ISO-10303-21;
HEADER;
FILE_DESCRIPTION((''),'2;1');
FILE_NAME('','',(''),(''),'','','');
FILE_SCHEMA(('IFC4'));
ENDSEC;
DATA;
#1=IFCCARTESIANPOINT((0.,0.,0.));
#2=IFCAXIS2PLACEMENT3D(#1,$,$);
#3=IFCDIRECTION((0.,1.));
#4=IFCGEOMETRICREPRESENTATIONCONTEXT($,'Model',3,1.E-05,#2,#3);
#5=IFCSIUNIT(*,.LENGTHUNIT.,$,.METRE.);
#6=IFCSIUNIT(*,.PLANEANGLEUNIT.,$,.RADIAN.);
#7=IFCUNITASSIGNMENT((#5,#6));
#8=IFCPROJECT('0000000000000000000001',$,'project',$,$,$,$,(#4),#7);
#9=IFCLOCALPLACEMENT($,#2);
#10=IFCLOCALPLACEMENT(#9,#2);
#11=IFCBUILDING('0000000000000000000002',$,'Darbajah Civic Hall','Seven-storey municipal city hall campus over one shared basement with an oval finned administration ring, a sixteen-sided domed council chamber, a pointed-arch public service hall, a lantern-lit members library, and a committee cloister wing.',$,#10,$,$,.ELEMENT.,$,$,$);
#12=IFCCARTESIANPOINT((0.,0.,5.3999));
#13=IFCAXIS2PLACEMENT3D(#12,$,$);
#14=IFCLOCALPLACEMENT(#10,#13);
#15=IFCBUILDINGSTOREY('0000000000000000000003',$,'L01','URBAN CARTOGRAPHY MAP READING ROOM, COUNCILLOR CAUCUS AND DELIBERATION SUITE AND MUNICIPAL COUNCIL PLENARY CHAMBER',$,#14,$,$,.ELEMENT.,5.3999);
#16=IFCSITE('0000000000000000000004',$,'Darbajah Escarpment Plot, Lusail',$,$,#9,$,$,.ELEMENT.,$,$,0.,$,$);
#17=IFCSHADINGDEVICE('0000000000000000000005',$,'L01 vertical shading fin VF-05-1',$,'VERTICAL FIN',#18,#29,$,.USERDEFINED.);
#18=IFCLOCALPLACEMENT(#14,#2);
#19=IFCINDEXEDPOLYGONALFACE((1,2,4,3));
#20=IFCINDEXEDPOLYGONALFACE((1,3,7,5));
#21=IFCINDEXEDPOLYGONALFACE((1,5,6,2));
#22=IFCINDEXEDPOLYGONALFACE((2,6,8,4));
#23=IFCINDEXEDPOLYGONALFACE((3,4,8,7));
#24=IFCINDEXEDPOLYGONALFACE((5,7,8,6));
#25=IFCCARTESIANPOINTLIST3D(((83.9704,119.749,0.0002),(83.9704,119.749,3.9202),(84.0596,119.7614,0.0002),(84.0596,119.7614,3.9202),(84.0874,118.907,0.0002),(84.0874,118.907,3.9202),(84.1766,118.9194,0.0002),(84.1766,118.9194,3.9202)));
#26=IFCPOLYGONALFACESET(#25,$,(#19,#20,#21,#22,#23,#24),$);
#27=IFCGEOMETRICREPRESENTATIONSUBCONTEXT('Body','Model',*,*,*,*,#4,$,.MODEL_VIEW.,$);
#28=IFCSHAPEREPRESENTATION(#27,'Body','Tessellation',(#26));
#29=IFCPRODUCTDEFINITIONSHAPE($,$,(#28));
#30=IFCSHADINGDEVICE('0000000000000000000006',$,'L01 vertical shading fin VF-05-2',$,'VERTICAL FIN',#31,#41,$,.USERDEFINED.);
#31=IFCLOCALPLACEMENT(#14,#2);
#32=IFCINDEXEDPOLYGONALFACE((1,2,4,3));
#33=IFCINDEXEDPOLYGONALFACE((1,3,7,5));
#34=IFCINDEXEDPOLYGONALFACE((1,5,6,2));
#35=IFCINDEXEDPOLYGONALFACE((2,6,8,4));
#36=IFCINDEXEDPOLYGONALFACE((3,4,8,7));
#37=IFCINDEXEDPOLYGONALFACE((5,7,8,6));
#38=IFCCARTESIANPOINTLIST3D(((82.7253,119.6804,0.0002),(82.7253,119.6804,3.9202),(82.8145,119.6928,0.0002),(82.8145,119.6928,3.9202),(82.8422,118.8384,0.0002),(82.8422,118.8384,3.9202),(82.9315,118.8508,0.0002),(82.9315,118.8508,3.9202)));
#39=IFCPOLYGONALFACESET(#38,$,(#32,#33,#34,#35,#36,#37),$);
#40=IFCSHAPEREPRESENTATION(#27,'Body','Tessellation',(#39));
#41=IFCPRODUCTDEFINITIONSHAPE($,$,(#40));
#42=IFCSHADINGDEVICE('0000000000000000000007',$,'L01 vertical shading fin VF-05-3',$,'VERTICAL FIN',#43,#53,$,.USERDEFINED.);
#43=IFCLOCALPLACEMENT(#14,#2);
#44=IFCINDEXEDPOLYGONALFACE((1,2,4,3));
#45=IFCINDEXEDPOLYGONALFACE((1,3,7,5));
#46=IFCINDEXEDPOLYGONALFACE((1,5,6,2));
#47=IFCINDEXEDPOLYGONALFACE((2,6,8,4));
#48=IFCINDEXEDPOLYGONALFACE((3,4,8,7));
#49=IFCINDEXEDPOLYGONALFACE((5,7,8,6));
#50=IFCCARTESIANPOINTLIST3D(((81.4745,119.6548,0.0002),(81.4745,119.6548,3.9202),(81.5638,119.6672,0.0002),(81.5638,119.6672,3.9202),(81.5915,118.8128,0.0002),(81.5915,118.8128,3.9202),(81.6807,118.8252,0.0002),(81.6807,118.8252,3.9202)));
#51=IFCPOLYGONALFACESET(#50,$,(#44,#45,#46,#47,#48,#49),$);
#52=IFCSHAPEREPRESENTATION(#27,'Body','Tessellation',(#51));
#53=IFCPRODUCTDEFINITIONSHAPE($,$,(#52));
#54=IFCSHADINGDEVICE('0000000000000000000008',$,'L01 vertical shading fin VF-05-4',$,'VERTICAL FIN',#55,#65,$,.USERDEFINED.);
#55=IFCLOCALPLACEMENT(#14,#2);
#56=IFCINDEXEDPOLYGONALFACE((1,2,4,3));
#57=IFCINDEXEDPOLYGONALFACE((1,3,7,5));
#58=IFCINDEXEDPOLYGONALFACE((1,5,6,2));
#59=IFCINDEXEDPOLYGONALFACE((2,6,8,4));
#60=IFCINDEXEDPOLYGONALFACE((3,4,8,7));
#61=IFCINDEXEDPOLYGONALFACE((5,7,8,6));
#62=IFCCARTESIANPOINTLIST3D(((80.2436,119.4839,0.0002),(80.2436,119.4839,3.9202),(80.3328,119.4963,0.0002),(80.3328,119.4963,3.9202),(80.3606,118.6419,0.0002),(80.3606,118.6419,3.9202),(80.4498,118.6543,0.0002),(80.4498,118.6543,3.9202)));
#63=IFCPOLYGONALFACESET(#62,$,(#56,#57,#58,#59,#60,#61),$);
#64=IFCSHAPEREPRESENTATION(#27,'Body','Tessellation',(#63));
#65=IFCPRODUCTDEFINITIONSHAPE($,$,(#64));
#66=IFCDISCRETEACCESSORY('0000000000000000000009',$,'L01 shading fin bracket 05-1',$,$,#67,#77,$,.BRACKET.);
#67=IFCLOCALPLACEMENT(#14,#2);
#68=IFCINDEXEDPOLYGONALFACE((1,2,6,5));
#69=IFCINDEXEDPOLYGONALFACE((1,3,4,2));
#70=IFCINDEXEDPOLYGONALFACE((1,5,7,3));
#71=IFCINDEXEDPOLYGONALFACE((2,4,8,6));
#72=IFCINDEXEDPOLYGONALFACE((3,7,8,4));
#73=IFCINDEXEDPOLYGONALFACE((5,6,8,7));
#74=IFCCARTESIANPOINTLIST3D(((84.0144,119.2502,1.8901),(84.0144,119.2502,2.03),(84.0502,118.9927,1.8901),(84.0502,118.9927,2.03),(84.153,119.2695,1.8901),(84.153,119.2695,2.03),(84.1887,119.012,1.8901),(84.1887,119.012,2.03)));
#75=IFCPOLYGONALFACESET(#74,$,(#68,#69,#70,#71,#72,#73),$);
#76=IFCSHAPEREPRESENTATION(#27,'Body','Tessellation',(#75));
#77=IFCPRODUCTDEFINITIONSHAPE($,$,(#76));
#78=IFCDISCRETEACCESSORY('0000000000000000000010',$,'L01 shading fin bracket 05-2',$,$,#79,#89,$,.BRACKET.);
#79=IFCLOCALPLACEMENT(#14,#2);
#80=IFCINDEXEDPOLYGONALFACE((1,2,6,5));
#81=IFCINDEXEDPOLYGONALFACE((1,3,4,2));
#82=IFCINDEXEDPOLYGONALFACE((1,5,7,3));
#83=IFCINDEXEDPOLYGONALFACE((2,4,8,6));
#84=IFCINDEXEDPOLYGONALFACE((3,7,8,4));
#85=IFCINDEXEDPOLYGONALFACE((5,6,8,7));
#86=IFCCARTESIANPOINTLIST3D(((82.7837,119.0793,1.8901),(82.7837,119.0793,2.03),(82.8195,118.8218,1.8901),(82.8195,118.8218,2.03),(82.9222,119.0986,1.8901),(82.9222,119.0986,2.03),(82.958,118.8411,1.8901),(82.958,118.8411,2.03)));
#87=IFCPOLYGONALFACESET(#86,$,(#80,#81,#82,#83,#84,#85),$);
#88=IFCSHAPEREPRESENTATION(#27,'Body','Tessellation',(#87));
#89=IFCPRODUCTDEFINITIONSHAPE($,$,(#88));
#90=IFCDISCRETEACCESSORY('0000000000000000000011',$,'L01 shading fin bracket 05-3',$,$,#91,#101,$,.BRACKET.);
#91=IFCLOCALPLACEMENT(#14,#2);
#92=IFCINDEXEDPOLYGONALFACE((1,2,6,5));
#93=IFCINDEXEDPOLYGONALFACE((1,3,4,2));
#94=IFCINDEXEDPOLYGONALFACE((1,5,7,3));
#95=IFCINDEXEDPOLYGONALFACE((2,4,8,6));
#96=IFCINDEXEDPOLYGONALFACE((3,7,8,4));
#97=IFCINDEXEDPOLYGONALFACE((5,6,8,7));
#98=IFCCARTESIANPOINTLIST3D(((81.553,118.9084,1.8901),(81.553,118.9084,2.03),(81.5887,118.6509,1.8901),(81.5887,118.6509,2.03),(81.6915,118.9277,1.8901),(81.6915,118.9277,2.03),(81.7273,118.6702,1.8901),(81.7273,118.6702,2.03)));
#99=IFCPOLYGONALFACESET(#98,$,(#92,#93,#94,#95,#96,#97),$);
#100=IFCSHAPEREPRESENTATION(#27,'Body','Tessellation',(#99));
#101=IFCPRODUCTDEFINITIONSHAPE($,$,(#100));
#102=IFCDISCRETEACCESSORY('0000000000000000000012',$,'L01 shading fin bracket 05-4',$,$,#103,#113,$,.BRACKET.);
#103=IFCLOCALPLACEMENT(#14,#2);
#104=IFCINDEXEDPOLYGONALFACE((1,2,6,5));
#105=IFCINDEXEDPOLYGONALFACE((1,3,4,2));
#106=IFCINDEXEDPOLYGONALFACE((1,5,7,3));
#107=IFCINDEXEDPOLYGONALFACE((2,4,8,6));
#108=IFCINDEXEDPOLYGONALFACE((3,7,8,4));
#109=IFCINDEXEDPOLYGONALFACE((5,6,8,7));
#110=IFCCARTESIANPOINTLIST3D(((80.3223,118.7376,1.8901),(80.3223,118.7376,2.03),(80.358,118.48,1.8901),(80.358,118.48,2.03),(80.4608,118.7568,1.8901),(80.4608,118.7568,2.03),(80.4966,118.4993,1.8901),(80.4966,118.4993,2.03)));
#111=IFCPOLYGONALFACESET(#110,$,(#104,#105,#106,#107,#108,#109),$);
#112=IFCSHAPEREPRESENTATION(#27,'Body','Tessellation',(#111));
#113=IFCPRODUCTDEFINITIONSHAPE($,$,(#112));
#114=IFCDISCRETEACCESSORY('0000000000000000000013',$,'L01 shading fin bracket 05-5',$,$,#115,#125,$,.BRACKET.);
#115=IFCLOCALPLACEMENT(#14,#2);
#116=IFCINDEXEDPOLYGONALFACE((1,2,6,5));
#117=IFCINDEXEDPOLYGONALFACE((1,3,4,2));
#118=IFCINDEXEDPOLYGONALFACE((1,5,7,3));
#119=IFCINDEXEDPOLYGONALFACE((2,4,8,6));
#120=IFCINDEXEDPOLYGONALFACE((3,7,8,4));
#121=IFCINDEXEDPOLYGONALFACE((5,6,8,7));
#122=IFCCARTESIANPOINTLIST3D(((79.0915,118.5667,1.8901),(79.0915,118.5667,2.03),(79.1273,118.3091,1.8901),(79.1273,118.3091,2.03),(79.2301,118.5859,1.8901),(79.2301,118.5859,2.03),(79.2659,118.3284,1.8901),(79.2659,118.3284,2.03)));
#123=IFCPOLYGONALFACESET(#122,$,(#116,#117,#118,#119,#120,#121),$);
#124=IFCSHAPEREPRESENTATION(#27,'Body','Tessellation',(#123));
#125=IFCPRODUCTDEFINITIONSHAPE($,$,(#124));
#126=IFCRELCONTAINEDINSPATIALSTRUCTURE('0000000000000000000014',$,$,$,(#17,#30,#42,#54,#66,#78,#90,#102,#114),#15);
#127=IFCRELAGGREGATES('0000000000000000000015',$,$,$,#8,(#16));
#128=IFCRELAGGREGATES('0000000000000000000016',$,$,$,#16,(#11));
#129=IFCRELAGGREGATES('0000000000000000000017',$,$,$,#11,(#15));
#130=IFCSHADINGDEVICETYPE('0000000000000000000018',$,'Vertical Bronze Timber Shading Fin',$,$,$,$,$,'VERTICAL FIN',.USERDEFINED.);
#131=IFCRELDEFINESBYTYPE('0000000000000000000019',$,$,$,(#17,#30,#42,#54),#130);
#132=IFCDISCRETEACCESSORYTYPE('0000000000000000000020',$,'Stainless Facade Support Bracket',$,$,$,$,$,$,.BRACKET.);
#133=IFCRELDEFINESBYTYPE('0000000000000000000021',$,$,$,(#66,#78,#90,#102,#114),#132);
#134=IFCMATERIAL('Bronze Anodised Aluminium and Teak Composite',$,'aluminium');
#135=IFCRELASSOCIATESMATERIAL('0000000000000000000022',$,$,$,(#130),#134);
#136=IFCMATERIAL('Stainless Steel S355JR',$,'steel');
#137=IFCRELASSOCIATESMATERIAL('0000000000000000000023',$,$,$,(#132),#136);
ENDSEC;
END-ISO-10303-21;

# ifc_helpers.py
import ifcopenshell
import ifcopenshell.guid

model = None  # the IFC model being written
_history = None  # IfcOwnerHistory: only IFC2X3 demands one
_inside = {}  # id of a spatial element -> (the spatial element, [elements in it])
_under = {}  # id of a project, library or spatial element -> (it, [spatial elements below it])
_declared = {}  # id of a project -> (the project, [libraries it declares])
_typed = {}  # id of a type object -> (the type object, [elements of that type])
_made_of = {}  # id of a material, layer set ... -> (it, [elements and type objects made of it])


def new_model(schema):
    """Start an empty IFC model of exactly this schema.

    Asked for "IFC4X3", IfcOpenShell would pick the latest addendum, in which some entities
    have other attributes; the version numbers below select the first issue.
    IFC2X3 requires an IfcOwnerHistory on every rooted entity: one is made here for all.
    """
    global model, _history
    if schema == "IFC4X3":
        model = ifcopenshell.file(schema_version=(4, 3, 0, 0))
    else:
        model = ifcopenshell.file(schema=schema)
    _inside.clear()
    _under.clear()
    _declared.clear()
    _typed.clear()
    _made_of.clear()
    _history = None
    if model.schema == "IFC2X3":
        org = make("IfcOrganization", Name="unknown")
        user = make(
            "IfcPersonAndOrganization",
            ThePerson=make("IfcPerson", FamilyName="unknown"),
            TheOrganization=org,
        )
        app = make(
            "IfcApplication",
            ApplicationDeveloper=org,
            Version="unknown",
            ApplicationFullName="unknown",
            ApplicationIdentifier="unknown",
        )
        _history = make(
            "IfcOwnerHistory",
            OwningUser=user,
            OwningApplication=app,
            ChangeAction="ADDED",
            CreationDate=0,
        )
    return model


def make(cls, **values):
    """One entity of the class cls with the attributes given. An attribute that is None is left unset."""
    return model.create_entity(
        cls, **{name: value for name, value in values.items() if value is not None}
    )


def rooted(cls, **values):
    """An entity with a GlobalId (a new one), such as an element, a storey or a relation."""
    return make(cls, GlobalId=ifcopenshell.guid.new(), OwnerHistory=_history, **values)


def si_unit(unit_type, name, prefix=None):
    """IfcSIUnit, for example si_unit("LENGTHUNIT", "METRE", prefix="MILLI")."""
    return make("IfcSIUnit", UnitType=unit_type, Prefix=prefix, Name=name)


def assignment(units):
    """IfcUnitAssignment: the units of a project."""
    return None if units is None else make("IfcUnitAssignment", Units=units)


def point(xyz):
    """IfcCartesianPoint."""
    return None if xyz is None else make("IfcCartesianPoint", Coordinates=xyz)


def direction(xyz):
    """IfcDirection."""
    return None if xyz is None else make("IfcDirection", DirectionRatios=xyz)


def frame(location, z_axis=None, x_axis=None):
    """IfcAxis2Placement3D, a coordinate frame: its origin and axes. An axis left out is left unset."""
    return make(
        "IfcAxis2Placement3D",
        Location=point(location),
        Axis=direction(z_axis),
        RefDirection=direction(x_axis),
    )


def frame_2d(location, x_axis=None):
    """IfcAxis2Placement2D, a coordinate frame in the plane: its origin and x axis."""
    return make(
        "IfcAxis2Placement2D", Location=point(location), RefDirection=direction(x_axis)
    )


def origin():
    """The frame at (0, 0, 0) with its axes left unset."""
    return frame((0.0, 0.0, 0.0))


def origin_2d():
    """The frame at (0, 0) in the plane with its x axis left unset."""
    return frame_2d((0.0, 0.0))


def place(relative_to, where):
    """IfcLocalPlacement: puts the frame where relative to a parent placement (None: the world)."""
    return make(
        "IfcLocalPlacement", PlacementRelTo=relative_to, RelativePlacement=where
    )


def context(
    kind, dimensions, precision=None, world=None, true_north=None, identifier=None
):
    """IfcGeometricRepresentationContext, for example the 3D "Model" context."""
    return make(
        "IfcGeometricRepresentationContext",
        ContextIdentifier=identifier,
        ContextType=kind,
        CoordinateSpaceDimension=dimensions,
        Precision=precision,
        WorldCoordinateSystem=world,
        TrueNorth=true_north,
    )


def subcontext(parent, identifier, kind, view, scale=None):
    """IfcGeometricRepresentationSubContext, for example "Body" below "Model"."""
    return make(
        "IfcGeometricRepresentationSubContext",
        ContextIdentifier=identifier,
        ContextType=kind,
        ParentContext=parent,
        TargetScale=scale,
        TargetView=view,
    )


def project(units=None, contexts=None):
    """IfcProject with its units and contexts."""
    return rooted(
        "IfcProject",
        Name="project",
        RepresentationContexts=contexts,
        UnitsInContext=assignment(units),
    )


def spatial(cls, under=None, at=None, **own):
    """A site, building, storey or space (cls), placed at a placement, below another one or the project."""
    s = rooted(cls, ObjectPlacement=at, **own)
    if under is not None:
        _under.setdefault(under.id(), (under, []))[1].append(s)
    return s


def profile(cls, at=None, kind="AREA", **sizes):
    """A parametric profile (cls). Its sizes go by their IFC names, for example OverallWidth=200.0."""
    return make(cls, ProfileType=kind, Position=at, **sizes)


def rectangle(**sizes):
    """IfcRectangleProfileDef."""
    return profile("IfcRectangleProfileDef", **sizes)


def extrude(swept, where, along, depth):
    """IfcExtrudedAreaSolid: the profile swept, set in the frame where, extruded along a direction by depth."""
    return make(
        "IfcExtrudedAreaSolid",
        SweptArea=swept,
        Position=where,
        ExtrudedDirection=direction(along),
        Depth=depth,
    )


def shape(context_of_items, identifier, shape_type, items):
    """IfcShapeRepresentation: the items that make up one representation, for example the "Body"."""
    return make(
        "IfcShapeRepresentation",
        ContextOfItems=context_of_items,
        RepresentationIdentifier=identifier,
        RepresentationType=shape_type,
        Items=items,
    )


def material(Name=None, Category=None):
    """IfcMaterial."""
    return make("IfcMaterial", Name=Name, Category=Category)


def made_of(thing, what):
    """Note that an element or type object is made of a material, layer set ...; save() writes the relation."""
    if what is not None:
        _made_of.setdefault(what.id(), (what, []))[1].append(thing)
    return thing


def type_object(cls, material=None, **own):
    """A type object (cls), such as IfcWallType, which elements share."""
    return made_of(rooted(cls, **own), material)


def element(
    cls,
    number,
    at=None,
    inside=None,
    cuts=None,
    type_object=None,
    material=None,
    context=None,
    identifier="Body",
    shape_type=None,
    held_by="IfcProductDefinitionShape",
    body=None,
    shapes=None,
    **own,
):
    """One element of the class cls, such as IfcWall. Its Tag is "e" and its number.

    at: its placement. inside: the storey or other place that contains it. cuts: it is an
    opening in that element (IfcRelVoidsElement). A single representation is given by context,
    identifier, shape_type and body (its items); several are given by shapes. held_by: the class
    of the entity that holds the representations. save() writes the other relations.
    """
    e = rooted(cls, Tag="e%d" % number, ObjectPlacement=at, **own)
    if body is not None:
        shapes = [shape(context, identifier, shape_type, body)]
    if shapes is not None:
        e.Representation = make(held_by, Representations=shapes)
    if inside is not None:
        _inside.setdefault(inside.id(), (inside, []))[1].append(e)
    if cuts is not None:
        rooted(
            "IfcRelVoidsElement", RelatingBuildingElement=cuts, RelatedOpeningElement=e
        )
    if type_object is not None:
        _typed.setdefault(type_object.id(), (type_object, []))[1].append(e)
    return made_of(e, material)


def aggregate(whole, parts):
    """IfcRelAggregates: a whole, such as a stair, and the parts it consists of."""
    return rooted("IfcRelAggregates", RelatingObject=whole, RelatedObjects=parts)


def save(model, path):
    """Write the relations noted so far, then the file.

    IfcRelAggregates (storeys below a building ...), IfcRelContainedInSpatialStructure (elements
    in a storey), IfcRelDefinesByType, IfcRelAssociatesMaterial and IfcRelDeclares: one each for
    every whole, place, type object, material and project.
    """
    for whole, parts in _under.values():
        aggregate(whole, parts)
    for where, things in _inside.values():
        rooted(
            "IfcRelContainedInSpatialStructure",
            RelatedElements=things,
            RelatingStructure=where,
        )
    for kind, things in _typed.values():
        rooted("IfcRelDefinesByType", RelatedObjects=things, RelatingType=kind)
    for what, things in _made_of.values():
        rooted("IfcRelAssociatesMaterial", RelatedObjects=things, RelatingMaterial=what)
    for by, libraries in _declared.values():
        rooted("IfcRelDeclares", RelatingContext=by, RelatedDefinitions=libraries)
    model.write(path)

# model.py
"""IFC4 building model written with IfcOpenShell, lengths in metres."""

from ifc_helpers import new_model, si_unit, direction, frame, origin, origin_2d, place, context, subcontext, project, spatial, rectangle, extrude, material, type_object, element, save


model = new_model("IFC4")

# Units and contexts
model_context = context("Model", 3, precision=1e-05, world=origin(), true_north=direction((0.0, 1.0)))
body_context = subcontext(model_context, "Body", "Model", "MODEL_VIEW")
ifc_project = project(units=[si_unit("LENGTHUNIT", "METRE"), si_unit("PLANEANGLEUNIT", "RADIAN")], contexts=[model_context])

# Site, building, storey
site_placement = place(None, origin())
site = spatial("IfcSite", under=ifc_project, at=site_placement, Name="Darbajah Escarpment Plot, Lusail", CompositionType="ELEMENT", RefElevation=0.0)
building_placement = place(site_placement, origin())
building = spatial("IfcBuilding", under=site, at=building_placement, Name="Darbajah Civic Hall", Description="Seven-storey municipal city hall campus over one shared basement with an oval finned administration ring, a sixteen-sided domed council chamber, a pointed-arch public service hall, a lantern-lit members library, and a committee cloister wing.", CompositionType="ELEMENT")
storey_placement = place(building_placement, frame((0.0, 0.0, 5.3999)))
storey = spatial("IfcBuildingStorey", under=building, at=storey_placement, Name="L01", Description="URBAN CARTOGRAPHY MAP READING ROOM, COUNCILLOR CAUCUS AND DELIBERATION SUITE AND MUNICIPAL COUNCIL PLENARY CHAMBER", CompositionType="ELEMENT", Elevation=5.3999)

# Shading devices
ifc_material_1 = material(Name="Bronze Anodised Aluminium and Teak Composite", Category="aluminium")
shading_device_type = type_object("IfcShadingDeviceType", Name="Vertical Bronze Timber Shading Fin", ElementType="VERTICAL FIN", PredefinedType="USERDEFINED", material=ifc_material_1)
for number, where, z_axis, x_axis, name in (
    (1, (84.0735, 119.3342, 0.0002), (0.0, 0.0, 1.0), (-0.137617, 0.990485, 0.0), "L01 vertical shading fin VF-05-1"),
    (2, (82.8284, 119.2656, 0.0002), (0.0, 0.0, 1.0), (-0.137617, 0.990485, 0.0), "L01 vertical shading fin VF-05-2"),
    (3, (81.5776, 119.24, 0.0002), (0.0, 0.0, 1.0), (-0.137617, 0.990485, 0.0), "L01 vertical shading fin VF-05-3"),
    (4, (80.3467, 119.0691, 0.0002), (0.0, 0.0, 1.0), (-0.137617, 0.990485, 0.0), "L01 vertical shading fin VF-05-4"),
):
    element("IfcShadingDevice", number, at=place(storey_placement, frame(where, z_axis=z_axis, x_axis=x_axis)), inside=storey, type_object=shading_device_type, Name=name, ObjectType="VERTICAL FIN", PredefinedType="USERDEFINED", context=body_context, shape_type="SweptSolid", body=[
        extrude(rectangle(XDim=0.8501, YDim=0.0901, at=origin_2d()), origin(), (0.0, 0.0, 1.0), 3.9199),
    ])

# Discrete accessories
ifc_material_2 = material(Name="Stainless Steel S355JR", Category="steel")
discrete_accessory_type = type_object("IfcDiscreteAccessoryType", Name="Stainless Facade Support Bracket", PredefinedType="BRACKET", material=ifc_material_2)
for number, where, z_axis, x_axis, name in (
    (5, (84.1016, 119.1311, 1.8901), (0.0, 0.0, 1.0), (-0.137617, 0.990485, 0.0), "L01 shading fin bracket 05-1"),
    (6, (82.8708, 118.9602, 1.8901), (0.0, 0.0, 1.0), (-0.137617, 0.990485, 0.0), "L01 shading fin bracket 05-2"),
    (7, (81.6401, 118.7893, 1.8901), (0.0, 0.0, 1.0), (-0.137617, 0.990485, 0.0), "L01 shading fin bracket 05-3"),
    (8, (80.4094, 118.6184, 1.8901), (0.0, 0.0, 1.0), (-0.137617, 0.990485, 0.0), "L01 shading fin bracket 05-4"),
    (9, (79.1787, 118.4475, 1.8901), (0.0, 0.0, 1.0), (-0.137617, 0.990485, 0.0), "L01 shading fin bracket 05-5"),
):
    element("IfcDiscreteAccessory", number, at=place(storey_placement, frame(where, z_axis=z_axis, x_axis=x_axis)), inside=storey, type_object=discrete_accessory_type, Name=name, PredefinedType="BRACKET", context=body_context, shape_type="SweptSolid", body=[
        extrude(rectangle(XDim=0.26, YDim=0.1399, at=origin_2d()), origin(), (0.0, 0.0, 1.0), 0.1399),
    ])

save(model, "model.ifc")
